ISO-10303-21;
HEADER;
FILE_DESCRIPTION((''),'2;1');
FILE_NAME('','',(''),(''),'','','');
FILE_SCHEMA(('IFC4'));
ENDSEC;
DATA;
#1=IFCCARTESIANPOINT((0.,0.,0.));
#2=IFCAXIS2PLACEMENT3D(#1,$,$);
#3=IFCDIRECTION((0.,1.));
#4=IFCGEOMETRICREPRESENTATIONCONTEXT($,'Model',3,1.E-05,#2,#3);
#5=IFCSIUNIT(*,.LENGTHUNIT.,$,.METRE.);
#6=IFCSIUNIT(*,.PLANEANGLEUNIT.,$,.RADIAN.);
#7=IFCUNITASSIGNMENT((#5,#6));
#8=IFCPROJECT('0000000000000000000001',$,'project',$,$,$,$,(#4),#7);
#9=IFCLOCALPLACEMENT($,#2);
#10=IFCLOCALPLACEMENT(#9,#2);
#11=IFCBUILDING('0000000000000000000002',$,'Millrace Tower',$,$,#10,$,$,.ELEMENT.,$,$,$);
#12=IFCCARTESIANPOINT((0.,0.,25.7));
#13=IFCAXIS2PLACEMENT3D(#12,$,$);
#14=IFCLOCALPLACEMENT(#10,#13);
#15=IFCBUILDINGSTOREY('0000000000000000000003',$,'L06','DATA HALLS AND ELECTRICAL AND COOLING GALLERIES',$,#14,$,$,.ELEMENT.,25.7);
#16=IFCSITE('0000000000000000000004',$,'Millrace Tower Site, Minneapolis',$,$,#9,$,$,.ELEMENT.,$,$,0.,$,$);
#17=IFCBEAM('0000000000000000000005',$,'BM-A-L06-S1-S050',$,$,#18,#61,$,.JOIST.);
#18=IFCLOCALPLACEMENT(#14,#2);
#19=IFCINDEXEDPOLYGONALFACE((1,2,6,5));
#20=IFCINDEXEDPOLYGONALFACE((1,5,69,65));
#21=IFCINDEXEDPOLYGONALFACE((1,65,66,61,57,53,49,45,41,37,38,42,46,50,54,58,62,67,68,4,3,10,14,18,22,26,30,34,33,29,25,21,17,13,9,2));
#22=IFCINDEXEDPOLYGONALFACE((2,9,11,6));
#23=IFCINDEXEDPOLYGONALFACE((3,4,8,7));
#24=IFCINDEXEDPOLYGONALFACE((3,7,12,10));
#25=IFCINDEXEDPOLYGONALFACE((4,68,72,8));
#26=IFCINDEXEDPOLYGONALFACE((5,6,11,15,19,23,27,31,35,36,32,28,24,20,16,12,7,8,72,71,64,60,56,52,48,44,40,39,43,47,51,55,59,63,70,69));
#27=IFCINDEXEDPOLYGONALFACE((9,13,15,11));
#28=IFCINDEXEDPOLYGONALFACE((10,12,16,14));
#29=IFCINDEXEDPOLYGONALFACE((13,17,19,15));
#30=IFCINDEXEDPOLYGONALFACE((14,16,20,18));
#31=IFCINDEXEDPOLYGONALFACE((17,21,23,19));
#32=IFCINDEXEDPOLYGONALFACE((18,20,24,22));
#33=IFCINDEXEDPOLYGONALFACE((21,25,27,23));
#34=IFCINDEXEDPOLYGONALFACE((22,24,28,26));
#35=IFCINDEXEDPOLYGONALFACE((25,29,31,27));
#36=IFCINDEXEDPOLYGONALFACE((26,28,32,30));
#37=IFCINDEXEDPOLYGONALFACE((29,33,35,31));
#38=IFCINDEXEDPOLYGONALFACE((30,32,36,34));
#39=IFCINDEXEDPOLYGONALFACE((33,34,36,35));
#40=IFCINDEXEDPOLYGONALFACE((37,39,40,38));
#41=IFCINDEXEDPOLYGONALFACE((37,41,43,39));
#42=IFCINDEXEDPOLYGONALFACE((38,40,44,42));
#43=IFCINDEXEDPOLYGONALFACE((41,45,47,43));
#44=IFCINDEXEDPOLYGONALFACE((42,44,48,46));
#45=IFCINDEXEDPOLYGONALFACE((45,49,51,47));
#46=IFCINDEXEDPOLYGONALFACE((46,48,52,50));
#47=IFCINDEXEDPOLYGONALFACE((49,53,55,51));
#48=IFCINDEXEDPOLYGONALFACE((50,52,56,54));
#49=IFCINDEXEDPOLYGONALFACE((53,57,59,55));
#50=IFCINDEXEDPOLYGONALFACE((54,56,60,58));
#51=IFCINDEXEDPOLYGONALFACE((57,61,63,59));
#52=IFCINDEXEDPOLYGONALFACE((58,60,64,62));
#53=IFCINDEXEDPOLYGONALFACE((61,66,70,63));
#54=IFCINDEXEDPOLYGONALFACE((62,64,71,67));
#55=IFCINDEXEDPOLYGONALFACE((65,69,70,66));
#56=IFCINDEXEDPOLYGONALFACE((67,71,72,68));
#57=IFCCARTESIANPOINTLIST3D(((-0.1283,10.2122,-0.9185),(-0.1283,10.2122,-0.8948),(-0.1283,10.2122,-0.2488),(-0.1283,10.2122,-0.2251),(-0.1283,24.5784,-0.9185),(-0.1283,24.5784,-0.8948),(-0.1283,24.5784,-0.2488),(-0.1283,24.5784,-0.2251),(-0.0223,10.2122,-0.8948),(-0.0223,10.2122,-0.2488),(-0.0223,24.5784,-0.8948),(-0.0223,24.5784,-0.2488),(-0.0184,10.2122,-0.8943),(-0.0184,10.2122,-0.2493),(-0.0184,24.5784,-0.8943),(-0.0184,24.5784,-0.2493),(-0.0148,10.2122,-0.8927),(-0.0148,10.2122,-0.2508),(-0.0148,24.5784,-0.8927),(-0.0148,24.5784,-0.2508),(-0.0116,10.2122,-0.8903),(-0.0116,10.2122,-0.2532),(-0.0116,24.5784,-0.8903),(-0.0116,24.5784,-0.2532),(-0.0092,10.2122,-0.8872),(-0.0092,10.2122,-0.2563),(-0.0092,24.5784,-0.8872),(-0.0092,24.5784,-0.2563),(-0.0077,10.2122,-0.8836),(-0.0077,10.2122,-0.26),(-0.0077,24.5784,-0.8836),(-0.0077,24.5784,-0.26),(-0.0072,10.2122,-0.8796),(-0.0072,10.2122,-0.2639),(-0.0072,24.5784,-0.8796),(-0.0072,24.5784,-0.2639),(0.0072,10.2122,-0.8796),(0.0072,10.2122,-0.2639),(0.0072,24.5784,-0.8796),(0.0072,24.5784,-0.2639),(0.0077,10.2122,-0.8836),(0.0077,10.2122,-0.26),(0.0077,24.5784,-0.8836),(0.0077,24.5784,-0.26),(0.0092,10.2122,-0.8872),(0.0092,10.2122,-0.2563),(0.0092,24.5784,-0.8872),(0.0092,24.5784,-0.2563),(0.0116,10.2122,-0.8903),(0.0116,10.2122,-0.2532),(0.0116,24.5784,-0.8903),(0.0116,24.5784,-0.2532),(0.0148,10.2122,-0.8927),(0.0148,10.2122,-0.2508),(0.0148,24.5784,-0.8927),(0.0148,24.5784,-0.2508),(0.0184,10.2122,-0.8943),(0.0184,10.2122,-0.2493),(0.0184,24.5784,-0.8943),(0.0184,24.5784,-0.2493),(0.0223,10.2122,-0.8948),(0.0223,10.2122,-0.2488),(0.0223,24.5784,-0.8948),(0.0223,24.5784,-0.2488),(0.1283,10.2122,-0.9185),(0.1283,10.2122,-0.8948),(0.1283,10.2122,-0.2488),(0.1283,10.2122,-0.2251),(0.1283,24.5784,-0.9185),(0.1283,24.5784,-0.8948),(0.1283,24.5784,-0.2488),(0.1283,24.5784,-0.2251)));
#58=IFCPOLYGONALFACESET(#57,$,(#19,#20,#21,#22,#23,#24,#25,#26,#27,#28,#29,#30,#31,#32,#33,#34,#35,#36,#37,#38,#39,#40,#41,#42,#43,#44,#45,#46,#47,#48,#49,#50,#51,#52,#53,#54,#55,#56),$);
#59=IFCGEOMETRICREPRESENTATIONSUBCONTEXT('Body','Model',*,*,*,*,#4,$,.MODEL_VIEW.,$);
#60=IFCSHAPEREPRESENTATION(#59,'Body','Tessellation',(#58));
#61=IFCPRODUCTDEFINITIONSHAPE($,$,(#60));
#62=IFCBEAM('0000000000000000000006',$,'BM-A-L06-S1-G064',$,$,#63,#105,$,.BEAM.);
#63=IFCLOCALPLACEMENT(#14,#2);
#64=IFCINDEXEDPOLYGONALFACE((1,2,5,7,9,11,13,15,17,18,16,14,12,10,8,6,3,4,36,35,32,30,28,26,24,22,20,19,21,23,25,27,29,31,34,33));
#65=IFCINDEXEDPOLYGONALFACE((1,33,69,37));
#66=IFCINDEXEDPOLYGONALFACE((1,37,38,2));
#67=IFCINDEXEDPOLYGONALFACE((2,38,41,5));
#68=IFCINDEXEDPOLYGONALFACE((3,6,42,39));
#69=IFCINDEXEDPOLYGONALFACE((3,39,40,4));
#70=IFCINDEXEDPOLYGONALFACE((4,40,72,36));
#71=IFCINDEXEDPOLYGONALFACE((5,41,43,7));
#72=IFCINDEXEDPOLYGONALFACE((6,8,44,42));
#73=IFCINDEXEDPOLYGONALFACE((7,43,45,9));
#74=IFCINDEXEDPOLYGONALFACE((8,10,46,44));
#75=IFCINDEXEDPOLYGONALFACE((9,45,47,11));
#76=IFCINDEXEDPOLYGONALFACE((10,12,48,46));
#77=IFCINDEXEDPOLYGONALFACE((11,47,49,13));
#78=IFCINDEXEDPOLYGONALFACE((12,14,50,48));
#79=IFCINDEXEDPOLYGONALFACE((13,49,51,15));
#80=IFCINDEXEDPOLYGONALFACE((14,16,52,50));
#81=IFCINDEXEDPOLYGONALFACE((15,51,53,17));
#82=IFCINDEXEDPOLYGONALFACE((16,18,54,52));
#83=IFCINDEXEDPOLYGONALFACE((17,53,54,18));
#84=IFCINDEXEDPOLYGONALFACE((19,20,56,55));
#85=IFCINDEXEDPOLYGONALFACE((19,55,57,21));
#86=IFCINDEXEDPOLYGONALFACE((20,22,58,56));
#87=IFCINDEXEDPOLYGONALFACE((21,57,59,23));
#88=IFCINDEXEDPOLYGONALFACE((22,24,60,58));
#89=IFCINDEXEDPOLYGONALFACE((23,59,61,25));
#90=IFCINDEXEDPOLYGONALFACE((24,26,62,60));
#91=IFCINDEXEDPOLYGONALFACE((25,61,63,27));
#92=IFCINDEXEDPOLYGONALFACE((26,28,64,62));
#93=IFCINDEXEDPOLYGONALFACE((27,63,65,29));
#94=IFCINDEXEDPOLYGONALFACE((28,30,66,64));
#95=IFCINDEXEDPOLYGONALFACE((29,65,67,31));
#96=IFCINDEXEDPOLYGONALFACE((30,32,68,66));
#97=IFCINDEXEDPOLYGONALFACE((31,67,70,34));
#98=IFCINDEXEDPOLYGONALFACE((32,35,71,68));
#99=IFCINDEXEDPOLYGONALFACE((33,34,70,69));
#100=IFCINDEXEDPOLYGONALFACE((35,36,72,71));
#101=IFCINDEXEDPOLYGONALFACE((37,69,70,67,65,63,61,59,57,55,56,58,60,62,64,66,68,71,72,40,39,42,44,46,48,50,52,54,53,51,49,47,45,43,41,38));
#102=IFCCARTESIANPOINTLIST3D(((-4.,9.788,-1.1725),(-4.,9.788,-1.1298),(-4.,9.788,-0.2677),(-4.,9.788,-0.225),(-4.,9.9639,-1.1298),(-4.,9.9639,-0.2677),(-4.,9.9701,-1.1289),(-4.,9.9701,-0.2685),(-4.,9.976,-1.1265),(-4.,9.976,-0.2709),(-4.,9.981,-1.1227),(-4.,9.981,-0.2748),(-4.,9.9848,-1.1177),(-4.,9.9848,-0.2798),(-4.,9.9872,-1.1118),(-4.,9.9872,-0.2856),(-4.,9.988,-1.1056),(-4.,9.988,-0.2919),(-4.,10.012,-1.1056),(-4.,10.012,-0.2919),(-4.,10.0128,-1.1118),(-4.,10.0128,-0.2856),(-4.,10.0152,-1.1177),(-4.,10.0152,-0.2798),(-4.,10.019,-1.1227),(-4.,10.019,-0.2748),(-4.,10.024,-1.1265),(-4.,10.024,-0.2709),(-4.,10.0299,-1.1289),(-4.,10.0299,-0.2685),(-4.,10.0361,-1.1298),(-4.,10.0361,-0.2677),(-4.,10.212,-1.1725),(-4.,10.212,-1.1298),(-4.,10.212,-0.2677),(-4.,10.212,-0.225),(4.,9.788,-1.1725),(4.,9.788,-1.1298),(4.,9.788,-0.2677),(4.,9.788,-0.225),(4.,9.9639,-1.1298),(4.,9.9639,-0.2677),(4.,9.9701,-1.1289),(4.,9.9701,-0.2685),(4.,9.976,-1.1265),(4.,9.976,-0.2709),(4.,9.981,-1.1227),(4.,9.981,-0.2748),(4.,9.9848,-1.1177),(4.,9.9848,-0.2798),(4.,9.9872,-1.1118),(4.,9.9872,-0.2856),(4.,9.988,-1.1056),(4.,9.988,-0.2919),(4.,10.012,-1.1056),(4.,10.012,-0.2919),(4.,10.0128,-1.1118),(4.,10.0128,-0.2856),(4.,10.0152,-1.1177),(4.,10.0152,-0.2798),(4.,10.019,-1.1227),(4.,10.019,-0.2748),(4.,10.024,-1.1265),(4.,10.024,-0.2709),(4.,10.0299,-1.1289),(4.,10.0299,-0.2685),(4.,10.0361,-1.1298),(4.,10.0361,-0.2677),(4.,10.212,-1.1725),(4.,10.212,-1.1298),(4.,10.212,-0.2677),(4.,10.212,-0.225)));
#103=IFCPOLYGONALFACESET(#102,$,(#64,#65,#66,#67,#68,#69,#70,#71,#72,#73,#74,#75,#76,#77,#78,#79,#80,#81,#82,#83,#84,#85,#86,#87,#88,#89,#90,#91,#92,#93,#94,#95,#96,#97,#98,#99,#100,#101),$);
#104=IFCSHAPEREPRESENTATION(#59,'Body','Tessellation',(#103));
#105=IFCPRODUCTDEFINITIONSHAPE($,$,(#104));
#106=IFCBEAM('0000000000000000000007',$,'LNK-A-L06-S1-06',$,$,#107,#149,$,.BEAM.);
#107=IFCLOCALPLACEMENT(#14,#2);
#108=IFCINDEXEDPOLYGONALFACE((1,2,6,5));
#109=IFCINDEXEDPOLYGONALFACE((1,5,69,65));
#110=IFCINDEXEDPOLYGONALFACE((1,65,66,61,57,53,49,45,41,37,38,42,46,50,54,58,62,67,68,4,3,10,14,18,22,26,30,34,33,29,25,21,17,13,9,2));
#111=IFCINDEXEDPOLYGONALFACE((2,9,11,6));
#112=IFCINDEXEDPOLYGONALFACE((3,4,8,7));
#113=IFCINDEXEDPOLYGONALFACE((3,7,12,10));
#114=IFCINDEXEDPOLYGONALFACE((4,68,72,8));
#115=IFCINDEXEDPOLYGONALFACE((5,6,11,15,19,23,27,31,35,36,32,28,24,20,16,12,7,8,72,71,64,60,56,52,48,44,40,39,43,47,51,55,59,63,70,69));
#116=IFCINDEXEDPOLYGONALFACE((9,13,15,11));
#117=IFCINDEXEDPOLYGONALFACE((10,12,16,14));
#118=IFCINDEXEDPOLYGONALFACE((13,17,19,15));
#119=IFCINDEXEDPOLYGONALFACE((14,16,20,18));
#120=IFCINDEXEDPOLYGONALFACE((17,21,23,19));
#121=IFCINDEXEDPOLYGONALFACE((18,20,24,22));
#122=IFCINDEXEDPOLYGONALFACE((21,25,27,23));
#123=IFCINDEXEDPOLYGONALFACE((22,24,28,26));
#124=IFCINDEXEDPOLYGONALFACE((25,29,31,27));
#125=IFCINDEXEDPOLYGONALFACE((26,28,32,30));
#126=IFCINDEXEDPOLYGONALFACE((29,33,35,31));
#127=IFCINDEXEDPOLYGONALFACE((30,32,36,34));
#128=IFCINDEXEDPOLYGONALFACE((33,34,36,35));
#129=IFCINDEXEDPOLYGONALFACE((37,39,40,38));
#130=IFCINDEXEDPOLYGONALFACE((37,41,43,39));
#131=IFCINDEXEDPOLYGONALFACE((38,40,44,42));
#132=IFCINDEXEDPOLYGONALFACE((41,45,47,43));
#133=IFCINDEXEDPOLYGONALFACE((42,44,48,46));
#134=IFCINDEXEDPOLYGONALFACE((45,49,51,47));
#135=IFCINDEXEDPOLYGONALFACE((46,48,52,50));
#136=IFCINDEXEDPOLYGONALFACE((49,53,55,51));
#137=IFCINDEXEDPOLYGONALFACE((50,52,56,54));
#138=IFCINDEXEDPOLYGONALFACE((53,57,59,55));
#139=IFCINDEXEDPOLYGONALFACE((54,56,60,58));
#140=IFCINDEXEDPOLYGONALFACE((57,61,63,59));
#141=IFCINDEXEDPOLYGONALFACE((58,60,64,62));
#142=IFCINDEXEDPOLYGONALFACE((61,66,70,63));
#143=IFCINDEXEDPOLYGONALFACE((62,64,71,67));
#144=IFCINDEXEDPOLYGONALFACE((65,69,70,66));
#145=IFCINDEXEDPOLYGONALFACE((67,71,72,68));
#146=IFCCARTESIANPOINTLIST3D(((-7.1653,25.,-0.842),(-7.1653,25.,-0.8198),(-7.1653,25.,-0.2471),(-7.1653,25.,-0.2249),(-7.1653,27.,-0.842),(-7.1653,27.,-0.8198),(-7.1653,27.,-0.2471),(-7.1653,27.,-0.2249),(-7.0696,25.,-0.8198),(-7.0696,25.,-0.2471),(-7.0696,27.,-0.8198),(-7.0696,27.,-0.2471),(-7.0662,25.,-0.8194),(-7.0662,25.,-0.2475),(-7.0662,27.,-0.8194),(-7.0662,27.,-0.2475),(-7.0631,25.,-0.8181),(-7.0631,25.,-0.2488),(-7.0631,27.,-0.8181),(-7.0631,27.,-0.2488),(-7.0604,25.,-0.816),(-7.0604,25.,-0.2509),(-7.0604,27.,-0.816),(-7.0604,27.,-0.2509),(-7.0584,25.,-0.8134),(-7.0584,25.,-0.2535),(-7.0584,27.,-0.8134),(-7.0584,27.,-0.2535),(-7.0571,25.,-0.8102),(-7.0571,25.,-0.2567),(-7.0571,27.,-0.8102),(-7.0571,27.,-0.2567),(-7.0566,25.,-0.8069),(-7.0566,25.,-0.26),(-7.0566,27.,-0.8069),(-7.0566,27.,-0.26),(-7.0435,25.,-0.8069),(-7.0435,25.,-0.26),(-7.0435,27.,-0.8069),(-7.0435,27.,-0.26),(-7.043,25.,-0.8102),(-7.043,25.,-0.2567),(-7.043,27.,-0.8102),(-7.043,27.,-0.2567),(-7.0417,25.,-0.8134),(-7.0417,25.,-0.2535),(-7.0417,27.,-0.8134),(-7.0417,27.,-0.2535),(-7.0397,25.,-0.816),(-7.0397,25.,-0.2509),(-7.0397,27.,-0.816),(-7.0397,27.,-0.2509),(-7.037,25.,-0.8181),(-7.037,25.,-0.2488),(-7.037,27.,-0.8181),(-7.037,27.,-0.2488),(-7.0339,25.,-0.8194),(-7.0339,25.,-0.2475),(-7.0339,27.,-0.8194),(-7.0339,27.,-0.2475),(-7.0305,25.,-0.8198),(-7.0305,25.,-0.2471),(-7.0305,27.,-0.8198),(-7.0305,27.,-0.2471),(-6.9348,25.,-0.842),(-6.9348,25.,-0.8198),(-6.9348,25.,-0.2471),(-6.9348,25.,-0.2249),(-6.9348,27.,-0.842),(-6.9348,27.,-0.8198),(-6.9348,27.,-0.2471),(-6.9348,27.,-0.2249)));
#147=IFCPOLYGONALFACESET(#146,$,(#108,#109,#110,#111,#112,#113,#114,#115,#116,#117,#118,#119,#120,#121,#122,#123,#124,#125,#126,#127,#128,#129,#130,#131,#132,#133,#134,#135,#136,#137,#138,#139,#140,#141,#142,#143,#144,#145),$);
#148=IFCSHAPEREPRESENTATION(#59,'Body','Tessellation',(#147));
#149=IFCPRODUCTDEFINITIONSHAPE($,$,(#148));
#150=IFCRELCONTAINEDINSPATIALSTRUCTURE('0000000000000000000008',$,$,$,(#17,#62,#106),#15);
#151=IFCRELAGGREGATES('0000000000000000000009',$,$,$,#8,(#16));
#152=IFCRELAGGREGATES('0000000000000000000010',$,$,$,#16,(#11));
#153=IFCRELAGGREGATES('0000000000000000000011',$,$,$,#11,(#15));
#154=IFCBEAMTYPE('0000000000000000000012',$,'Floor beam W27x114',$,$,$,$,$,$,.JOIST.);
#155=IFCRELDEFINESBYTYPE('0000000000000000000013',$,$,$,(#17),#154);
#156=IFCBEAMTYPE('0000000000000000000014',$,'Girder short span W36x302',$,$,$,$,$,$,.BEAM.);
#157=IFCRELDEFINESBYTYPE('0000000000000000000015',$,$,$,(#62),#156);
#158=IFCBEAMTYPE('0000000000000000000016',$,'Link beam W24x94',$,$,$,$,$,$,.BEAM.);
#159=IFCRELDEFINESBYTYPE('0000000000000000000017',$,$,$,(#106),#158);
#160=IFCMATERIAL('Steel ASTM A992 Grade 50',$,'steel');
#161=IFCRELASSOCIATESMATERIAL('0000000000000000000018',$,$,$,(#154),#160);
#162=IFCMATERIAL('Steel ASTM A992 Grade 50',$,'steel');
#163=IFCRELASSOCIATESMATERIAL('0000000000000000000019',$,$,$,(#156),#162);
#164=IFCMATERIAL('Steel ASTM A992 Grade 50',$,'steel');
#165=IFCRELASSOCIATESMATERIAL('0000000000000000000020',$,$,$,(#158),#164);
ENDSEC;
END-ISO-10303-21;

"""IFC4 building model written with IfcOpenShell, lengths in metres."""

from ifc_helpers import new_model, si_unit, direction, frame, origin, origin_2d, place, context, subcontext, project, spatial, i_section, extrude, material, material_profile, profile_set, type_object, element, save


model = new_model("IFC4")

# Units and contexts
model_context = context("Model", 3, precision=1e-05, world=origin(), true_north=direction((0.0, 1.0)))
body_context = subcontext(model_context, "Body", "Model", "MODEL_VIEW")
ifc_project = project(units=[si_unit("LENGTHUNIT", "METRE"), si_unit("PLANEANGLEUNIT", "RADIAN")], contexts=[model_context])

# Site, building, storey
site_placement = place(None, origin())
site = spatial("IfcSite", under=ifc_project, at=site_placement, Name="Millrace Tower Site, Minneapolis", CompositionType="ELEMENT", RefElevation=0.0)
building_placement = place(site_placement, origin())
building = spatial("IfcBuilding", under=site, at=building_placement, Name="Millrace Tower", CompositionType="ELEMENT")
storey_placement = place(building_placement, frame((0.0, 0.0, 25.7)))
storey = spatial("IfcBuildingStorey", under=building, at=storey_placement, Name="L06", Description="DATA HALLS AND ELECTRICAL AND COOLING GALLERIES", CompositionType="ELEMENT", Elevation=25.7)

# Beams
ifc_material_1 = material(Name="Steel ASTM A992 Grade 50", Category="steel")
ifc_material_profile_1 = material_profile(ifc_material_1, i_section(OverallWidth=0.2566, OverallDepth=0.6934, WebThickness=0.0144, FlangeThickness=0.0237, FilletRadius=0.0151, at=origin_2d()))
ifc_profile_set_1 = profile_set([ifc_material_profile_1], Name="Steel ASTM A992 Grade 50")
beam_type_1 = type_object("IfcBeamType", Name="Floor beam W27x114", PredefinedType="JOIST", material=ifc_profile_set_1)
for number, where, z_axis, x_axis, name in (
    (1, (0.0, 10.2122, -0.5718), (0.0, 1.0, 0.0), (-1.0, 0.0, 0.0), "BM-A-L06-S1-S050"),
):
    element("IfcBeam", number, at=place(storey_placement, frame(where, z_axis=z_axis, x_axis=x_axis)), inside=storey, type_object=beam_type_1, Name=name, PredefinedType="JOIST", context=body_context, shape_type="SweptSolid", body=[
        extrude(i_section(OverallWidth=0.2566, OverallDepth=0.6934, WebThickness=0.0144, FlangeThickness=0.0237, FilletRadius=0.0151, at=origin_2d()), origin(), (0.0, 0.0, 1.0), 14.3662),
    ])
ifc_material_2 = material(Name="Steel ASTM A992 Grade 50", Category="steel")
ifc_material_profile_2 = material_profile(ifc_material_2, i_section(OverallWidth=0.4241, OverallDepth=0.9475, WebThickness=0.0239, FlangeThickness=0.0427, FilletRadius=0.0242, at=origin_2d()))
ifc_profile_set_2 = profile_set([ifc_material_profile_2], Name="Steel ASTM A992 Grade 50")
beam_type_2 = type_object("IfcBeamType", Name="Girder short span W36x302", PredefinedType="BEAM", material=ifc_profile_set_2)
beam_1_placement = place(storey_placement, frame((-4.0, 10.0, -0.6987), z_axis=(1.0, 0.0, 0.0), x_axis=(0.0, 1.0, 0.0)))
element("IfcBeam", 2, at=beam_1_placement, inside=storey, type_object=beam_type_2, Name="BM-A-L06-S1-G064", PredefinedType="BEAM", context=body_context, shape_type="SweptSolid", body=[
    extrude(i_section(OverallWidth=0.4241, OverallDepth=0.9475, WebThickness=0.0239, FlangeThickness=0.0427, FilletRadius=0.0242, at=origin_2d()), origin(), (0.0, 0.0, 1.0), 8.0),
])
ifc_material_3 = material(Name="Steel ASTM A992 Grade 50", Category="steel")
ifc_material_profile_3 = material_profile(ifc_material_3, i_section(OverallWidth=0.2305, OverallDepth=0.6172, WebThickness=0.0132, FlangeThickness=0.0222, FilletRadius=0.0129, at=origin_2d()))
ifc_profile_set_3 = profile_set([ifc_material_profile_3], Name="Steel ASTM A992 Grade 50")
beam_type_3 = type_object("IfcBeamType", Name="Link beam W24x94", PredefinedType="BEAM", material=ifc_profile_set_3)
beam_2_placement = place(storey_placement, frame((-7.05, 25.0, -0.5334), z_axis=(0.0, 1.0, 0.0), x_axis=(-1.0, 0.0, 0.0)))
element("IfcBeam", 3, at=beam_2_placement, inside=storey, type_object=beam_type_3, Name="LNK-A-L06-S1-06", PredefinedType="BEAM", context=body_context, shape_type="SweptSolid", body=[
    extrude(i_section(OverallWidth=0.2305, OverallDepth=0.6172, WebThickness=0.0132, FlangeThickness=0.0222, FilletRadius=0.0129, at=origin_2d()), origin(), (0.0, 0.0, 1.0), 2.0),
])

save(model, "model.ifc")
